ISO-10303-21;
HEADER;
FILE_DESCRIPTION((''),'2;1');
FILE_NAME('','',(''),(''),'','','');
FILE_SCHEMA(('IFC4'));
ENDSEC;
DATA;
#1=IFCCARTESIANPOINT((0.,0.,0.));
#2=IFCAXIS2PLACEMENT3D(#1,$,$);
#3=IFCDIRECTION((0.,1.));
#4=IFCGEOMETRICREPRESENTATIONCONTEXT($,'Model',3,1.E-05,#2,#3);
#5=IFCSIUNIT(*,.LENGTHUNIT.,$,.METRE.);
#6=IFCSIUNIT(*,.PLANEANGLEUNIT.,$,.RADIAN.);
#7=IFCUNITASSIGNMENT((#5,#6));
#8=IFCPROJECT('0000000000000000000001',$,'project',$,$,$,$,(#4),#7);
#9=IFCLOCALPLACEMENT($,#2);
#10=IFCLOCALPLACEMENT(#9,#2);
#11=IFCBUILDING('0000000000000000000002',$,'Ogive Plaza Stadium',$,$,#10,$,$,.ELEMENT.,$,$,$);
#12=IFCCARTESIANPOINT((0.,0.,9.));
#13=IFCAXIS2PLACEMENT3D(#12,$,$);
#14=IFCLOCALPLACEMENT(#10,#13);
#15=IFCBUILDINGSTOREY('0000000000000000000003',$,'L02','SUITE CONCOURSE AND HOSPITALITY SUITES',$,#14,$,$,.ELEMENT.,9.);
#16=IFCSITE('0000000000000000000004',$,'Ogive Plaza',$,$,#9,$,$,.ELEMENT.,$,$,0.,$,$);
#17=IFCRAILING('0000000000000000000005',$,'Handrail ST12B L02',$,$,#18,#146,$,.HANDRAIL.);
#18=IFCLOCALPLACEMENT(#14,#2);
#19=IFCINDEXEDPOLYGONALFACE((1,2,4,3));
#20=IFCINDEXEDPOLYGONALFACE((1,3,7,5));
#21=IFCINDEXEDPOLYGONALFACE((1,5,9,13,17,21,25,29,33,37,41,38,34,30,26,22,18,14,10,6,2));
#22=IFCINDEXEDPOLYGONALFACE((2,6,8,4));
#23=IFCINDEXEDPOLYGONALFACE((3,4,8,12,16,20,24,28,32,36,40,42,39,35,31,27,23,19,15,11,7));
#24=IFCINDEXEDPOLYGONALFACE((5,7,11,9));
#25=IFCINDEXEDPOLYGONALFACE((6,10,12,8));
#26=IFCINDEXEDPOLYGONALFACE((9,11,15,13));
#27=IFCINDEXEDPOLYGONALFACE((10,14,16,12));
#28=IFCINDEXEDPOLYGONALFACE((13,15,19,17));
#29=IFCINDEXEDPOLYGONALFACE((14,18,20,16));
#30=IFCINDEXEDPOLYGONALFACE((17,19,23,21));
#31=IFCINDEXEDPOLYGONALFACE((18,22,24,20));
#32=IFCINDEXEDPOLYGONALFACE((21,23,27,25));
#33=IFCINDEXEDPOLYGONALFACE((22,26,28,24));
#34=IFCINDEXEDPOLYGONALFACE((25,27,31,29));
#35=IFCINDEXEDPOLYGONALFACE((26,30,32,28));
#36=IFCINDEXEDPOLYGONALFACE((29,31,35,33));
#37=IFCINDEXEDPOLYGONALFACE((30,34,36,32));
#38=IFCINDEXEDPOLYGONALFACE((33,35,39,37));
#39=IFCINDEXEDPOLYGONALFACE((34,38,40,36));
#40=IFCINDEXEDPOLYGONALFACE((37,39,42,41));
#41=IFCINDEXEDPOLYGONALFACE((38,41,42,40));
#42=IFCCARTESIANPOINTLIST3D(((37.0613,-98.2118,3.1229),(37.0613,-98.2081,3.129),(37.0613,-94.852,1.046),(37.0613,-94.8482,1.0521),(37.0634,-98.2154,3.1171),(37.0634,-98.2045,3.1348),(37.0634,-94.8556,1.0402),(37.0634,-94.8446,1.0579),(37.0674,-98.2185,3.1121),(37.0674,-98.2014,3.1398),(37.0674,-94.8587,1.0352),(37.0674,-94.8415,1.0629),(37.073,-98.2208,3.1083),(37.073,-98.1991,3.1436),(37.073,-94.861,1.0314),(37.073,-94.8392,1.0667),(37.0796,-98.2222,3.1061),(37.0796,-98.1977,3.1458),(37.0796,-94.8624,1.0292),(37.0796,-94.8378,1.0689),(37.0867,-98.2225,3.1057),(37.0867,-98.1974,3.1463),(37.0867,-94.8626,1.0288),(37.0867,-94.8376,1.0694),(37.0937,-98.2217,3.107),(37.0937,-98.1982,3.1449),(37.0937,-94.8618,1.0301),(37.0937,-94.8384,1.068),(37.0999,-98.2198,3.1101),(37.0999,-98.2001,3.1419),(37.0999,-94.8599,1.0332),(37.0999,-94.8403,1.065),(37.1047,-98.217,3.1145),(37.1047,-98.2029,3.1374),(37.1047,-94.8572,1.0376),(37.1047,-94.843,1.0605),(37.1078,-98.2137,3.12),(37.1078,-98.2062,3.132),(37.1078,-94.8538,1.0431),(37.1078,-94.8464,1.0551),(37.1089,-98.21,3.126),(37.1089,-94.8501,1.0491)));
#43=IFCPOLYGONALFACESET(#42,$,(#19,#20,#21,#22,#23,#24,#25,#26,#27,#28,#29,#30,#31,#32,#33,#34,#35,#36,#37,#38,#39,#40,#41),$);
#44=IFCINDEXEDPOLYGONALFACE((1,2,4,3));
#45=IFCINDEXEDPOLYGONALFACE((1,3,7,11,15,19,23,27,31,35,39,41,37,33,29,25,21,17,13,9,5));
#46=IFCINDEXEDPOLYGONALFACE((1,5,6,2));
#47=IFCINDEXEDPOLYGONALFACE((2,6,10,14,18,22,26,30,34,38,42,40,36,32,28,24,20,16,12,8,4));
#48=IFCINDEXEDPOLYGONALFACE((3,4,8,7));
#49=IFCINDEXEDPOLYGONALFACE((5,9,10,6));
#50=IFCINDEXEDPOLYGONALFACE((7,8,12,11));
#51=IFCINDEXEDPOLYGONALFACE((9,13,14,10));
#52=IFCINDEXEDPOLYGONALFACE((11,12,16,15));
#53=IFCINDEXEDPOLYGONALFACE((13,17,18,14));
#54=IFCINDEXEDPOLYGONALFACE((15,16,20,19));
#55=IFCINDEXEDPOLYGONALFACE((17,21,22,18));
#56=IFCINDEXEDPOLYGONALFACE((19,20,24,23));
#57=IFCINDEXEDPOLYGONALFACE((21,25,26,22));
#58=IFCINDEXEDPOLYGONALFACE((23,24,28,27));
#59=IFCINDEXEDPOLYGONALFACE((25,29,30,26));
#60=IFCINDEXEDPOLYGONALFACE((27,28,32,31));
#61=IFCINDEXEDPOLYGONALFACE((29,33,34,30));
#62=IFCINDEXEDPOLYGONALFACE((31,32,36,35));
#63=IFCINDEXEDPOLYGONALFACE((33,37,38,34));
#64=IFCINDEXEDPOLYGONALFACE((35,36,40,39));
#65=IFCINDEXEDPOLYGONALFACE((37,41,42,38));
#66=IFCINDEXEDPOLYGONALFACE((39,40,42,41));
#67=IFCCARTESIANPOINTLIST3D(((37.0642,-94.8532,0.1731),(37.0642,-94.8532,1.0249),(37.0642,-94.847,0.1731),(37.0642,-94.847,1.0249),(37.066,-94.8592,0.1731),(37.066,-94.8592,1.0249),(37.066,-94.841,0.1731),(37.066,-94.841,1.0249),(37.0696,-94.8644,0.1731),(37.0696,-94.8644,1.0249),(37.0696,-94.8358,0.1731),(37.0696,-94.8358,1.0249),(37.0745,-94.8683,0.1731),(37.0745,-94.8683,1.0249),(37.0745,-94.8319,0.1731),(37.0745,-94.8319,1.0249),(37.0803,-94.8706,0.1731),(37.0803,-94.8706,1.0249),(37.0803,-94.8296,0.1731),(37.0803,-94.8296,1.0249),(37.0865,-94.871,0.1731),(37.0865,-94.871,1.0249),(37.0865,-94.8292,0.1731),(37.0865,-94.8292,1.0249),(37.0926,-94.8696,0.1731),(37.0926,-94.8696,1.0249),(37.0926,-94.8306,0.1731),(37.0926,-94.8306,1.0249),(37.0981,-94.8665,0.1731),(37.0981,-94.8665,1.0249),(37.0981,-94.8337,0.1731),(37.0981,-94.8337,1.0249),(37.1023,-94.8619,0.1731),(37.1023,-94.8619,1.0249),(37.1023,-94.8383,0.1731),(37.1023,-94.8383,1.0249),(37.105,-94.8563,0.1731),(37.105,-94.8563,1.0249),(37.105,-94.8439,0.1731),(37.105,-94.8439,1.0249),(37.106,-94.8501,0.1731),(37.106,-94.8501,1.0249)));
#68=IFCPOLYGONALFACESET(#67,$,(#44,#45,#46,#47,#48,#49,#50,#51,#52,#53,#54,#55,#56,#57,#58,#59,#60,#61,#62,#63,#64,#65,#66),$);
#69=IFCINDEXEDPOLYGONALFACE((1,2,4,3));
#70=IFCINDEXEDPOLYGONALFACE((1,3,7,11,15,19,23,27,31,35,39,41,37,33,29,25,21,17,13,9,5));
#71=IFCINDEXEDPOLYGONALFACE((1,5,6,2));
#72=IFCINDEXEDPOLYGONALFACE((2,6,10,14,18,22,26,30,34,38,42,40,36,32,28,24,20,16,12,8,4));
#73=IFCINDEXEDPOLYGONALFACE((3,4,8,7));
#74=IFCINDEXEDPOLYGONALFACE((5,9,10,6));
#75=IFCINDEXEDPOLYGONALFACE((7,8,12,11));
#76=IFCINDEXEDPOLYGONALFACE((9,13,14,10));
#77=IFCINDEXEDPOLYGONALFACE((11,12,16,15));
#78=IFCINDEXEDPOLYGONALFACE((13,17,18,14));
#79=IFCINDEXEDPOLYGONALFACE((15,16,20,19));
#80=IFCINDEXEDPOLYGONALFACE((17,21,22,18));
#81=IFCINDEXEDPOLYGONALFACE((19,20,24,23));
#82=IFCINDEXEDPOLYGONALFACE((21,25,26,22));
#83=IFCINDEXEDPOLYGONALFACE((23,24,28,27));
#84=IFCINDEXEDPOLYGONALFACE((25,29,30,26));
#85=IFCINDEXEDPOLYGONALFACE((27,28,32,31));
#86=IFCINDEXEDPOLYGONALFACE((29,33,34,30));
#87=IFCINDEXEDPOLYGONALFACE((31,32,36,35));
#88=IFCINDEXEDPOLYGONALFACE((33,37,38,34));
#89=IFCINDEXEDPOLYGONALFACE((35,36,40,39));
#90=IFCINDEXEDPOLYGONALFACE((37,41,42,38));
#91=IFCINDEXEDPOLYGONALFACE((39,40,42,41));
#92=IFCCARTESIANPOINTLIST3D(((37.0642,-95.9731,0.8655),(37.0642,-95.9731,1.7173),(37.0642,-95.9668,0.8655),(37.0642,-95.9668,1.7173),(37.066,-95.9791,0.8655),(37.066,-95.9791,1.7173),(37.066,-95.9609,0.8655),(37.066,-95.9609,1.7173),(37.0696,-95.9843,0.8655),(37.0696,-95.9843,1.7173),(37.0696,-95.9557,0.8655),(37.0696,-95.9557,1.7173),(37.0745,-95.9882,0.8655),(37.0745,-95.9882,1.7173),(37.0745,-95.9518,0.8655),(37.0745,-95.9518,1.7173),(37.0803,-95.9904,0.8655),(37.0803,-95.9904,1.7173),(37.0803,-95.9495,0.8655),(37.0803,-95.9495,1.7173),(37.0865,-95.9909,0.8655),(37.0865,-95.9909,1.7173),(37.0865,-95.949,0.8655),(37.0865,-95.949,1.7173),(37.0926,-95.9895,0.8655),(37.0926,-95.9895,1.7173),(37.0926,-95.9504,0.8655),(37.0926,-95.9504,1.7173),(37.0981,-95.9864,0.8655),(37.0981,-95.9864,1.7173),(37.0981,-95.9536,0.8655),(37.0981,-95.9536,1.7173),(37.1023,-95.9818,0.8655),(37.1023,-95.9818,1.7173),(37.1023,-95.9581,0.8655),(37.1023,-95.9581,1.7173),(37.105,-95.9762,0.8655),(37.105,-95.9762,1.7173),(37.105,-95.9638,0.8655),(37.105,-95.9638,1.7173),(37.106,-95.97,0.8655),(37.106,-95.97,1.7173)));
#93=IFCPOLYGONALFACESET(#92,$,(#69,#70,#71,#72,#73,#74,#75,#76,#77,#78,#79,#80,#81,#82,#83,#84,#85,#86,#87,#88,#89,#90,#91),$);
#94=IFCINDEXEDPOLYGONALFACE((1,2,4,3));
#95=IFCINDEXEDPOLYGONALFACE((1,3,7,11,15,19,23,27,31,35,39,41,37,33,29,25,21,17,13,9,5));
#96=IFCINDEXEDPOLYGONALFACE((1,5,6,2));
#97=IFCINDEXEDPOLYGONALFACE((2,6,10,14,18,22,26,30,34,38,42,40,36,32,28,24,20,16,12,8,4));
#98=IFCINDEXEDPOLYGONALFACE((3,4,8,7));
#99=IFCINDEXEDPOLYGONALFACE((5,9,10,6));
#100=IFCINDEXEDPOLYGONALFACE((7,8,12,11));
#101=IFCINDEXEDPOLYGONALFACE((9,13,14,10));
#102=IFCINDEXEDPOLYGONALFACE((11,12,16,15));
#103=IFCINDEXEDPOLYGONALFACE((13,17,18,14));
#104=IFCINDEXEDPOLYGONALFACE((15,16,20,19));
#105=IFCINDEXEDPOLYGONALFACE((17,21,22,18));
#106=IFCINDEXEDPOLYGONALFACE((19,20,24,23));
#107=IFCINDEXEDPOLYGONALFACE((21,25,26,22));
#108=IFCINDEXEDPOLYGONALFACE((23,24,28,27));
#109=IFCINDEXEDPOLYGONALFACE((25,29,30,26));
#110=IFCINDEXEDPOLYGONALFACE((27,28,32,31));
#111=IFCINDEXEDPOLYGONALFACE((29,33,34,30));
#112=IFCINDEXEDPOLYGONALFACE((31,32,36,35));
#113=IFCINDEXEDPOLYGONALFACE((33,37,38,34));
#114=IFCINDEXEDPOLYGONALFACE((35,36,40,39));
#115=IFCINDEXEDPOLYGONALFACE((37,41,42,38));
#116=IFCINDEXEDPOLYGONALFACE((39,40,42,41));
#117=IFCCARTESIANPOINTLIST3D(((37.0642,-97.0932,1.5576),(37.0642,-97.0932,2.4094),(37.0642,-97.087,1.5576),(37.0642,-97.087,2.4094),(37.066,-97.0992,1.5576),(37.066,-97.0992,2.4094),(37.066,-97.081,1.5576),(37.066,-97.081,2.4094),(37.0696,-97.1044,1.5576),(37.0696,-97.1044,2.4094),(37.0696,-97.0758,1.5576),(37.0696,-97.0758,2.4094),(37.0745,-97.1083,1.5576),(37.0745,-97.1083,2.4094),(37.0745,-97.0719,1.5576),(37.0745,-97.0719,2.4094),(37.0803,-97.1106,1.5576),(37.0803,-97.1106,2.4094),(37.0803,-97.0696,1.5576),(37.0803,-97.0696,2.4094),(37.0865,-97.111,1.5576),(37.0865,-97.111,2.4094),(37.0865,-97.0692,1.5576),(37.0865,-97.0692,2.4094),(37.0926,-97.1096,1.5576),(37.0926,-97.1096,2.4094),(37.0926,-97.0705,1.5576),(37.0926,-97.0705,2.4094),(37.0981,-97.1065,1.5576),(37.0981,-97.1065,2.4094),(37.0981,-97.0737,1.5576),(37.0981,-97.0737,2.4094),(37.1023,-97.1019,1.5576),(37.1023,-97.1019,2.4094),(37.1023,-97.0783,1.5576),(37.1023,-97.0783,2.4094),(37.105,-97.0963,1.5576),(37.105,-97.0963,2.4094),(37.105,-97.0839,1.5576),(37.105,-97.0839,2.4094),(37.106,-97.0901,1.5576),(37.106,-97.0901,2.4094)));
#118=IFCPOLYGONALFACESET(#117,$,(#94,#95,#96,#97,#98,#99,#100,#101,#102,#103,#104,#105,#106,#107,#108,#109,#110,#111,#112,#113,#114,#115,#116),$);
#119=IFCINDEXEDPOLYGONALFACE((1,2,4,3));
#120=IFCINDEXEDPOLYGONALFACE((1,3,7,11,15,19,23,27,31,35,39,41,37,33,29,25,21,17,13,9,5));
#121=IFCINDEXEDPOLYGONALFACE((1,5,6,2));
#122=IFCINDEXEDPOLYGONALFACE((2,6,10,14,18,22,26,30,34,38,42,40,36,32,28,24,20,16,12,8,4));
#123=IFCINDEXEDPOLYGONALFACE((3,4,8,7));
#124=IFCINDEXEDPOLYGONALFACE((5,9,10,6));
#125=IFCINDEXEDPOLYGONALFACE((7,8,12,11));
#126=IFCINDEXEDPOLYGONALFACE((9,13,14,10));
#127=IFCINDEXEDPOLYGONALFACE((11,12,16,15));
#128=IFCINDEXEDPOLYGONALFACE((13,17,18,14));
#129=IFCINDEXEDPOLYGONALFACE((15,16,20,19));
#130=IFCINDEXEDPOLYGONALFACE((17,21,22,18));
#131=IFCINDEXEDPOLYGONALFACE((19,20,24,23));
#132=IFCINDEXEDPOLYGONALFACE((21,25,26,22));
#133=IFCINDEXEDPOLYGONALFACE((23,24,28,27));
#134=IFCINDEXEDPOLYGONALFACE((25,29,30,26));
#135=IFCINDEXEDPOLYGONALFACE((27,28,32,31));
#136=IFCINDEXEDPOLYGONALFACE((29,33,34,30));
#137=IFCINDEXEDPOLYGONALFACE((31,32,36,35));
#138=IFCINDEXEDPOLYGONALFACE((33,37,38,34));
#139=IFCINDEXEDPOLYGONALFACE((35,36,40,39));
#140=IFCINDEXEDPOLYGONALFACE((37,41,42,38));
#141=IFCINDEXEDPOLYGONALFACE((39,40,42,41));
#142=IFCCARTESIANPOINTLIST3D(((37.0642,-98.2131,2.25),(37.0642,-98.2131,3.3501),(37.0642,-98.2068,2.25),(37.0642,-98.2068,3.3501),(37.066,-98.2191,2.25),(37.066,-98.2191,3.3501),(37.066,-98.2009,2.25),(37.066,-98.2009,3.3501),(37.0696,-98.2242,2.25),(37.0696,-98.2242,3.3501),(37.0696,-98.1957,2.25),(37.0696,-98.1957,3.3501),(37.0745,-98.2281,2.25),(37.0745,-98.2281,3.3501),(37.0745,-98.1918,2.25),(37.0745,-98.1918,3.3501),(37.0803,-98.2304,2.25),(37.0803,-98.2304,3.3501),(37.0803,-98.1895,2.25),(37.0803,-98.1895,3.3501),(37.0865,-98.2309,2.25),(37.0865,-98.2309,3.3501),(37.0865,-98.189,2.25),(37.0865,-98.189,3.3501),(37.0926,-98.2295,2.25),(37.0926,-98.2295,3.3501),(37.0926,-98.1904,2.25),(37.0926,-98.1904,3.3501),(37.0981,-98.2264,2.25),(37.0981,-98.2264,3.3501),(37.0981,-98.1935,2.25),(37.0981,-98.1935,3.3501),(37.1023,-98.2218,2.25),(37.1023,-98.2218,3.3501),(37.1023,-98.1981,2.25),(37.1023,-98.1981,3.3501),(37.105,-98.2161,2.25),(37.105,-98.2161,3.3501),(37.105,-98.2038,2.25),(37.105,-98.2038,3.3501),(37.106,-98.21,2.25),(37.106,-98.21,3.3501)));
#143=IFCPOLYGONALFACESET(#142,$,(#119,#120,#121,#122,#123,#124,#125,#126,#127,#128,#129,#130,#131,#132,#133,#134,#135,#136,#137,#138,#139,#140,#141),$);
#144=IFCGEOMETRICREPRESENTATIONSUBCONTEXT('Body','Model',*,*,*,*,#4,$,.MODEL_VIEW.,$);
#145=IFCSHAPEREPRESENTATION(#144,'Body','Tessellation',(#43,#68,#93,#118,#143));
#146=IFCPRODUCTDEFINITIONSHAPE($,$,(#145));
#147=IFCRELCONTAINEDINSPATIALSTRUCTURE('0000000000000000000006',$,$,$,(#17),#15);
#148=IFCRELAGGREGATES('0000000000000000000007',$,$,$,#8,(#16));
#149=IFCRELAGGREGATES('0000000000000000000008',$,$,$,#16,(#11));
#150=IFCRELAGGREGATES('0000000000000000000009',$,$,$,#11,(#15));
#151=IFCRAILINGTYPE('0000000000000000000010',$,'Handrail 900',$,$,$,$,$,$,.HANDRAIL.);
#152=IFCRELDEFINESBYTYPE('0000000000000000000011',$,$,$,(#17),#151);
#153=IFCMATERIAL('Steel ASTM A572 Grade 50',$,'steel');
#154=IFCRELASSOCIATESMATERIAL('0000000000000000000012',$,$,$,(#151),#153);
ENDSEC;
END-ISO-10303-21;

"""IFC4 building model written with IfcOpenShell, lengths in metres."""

from ifc_helpers import new_model, si_unit, direction, frame, origin, origin_2d, place, context, subcontext, project, spatial, circle, extrude, material, type_object, element, save


model = new_model("IFC4")

# Units and contexts
model_context = context("Model", 3, precision=1e-05, world=origin(), true_north=direction((0.0, 1.0)))
body_context = subcontext(model_context, "Body", "Model", "MODEL_VIEW")
ifc_project = project(units=[si_unit("LENGTHUNIT", "METRE"), si_unit("PLANEANGLEUNIT", "RADIAN")], contexts=[model_context])

# Site, building, storey
site_placement = place(None, origin())
site = spatial("IfcSite", under=ifc_project, at=site_placement, Name="Ogive Plaza", CompositionType="ELEMENT", RefElevation=0.0)
building_placement = place(site_placement, origin())
building = spatial("IfcBuilding", under=site, at=building_placement, Name="Ogive Plaza Stadium", CompositionType="ELEMENT")
storey_placement = place(building_placement, frame((0.0, 0.0, 9.0)))
storey = spatial("IfcBuildingStorey", under=building, at=storey_placement, Name="L02", Description="SUITE CONCOURSE AND HOSPITALITY SUITES", CompositionType="ELEMENT", Elevation=9.0)

# Railing
ifc_material_1 = material(Name="Steel ASTM A572 Grade 50", Category="steel")
railing_type_1 = type_object("IfcRailingType", Name="Handrail 900", PredefinedType="HANDRAIL", material=ifc_material_1)
for number, where, name in (
    (1, (37.085, -94.8501, 0.1731), "Handrail ST12B L02"),
):
    element("IfcRailing", number, at=place(storey_placement, frame(where)), inside=storey, type_object=railing_type_1, Name=name, PredefinedType="HANDRAIL", context=body_context, shape_type="SweptSolid", body=[
        extrude(circle(Radius=0.0239, at=origin_2d()), frame((0.0, 0.0, 0.876), z_axis=(0.0, -0.850606, 0.525803), x_axis=(1.0, 0.0, 0.0)), (0.0, 0.0, 1.0), 3.95),
        extrude(circle(Radius=0.021, at=origin_2d()), origin(), (0.0, 0.0, 1.0), 0.8518),
        extrude(circle(Radius=0.021, at=origin_2d()), frame((0.0, -1.1199, 0.6924)), (0.0, 0.0, 1.0), 0.8518),
        extrude(circle(Radius=0.021, at=origin_2d()), frame((0.0, -2.24, 1.3845)), (0.0, 0.0, 1.0), 0.8518),
        extrude(circle(Radius=0.021, at=origin_2d()), frame((0.0, -3.3599, 2.0769)), (0.0, 0.0, 1.0), 1.1001),
    ])

save(model, "model.ifc")
